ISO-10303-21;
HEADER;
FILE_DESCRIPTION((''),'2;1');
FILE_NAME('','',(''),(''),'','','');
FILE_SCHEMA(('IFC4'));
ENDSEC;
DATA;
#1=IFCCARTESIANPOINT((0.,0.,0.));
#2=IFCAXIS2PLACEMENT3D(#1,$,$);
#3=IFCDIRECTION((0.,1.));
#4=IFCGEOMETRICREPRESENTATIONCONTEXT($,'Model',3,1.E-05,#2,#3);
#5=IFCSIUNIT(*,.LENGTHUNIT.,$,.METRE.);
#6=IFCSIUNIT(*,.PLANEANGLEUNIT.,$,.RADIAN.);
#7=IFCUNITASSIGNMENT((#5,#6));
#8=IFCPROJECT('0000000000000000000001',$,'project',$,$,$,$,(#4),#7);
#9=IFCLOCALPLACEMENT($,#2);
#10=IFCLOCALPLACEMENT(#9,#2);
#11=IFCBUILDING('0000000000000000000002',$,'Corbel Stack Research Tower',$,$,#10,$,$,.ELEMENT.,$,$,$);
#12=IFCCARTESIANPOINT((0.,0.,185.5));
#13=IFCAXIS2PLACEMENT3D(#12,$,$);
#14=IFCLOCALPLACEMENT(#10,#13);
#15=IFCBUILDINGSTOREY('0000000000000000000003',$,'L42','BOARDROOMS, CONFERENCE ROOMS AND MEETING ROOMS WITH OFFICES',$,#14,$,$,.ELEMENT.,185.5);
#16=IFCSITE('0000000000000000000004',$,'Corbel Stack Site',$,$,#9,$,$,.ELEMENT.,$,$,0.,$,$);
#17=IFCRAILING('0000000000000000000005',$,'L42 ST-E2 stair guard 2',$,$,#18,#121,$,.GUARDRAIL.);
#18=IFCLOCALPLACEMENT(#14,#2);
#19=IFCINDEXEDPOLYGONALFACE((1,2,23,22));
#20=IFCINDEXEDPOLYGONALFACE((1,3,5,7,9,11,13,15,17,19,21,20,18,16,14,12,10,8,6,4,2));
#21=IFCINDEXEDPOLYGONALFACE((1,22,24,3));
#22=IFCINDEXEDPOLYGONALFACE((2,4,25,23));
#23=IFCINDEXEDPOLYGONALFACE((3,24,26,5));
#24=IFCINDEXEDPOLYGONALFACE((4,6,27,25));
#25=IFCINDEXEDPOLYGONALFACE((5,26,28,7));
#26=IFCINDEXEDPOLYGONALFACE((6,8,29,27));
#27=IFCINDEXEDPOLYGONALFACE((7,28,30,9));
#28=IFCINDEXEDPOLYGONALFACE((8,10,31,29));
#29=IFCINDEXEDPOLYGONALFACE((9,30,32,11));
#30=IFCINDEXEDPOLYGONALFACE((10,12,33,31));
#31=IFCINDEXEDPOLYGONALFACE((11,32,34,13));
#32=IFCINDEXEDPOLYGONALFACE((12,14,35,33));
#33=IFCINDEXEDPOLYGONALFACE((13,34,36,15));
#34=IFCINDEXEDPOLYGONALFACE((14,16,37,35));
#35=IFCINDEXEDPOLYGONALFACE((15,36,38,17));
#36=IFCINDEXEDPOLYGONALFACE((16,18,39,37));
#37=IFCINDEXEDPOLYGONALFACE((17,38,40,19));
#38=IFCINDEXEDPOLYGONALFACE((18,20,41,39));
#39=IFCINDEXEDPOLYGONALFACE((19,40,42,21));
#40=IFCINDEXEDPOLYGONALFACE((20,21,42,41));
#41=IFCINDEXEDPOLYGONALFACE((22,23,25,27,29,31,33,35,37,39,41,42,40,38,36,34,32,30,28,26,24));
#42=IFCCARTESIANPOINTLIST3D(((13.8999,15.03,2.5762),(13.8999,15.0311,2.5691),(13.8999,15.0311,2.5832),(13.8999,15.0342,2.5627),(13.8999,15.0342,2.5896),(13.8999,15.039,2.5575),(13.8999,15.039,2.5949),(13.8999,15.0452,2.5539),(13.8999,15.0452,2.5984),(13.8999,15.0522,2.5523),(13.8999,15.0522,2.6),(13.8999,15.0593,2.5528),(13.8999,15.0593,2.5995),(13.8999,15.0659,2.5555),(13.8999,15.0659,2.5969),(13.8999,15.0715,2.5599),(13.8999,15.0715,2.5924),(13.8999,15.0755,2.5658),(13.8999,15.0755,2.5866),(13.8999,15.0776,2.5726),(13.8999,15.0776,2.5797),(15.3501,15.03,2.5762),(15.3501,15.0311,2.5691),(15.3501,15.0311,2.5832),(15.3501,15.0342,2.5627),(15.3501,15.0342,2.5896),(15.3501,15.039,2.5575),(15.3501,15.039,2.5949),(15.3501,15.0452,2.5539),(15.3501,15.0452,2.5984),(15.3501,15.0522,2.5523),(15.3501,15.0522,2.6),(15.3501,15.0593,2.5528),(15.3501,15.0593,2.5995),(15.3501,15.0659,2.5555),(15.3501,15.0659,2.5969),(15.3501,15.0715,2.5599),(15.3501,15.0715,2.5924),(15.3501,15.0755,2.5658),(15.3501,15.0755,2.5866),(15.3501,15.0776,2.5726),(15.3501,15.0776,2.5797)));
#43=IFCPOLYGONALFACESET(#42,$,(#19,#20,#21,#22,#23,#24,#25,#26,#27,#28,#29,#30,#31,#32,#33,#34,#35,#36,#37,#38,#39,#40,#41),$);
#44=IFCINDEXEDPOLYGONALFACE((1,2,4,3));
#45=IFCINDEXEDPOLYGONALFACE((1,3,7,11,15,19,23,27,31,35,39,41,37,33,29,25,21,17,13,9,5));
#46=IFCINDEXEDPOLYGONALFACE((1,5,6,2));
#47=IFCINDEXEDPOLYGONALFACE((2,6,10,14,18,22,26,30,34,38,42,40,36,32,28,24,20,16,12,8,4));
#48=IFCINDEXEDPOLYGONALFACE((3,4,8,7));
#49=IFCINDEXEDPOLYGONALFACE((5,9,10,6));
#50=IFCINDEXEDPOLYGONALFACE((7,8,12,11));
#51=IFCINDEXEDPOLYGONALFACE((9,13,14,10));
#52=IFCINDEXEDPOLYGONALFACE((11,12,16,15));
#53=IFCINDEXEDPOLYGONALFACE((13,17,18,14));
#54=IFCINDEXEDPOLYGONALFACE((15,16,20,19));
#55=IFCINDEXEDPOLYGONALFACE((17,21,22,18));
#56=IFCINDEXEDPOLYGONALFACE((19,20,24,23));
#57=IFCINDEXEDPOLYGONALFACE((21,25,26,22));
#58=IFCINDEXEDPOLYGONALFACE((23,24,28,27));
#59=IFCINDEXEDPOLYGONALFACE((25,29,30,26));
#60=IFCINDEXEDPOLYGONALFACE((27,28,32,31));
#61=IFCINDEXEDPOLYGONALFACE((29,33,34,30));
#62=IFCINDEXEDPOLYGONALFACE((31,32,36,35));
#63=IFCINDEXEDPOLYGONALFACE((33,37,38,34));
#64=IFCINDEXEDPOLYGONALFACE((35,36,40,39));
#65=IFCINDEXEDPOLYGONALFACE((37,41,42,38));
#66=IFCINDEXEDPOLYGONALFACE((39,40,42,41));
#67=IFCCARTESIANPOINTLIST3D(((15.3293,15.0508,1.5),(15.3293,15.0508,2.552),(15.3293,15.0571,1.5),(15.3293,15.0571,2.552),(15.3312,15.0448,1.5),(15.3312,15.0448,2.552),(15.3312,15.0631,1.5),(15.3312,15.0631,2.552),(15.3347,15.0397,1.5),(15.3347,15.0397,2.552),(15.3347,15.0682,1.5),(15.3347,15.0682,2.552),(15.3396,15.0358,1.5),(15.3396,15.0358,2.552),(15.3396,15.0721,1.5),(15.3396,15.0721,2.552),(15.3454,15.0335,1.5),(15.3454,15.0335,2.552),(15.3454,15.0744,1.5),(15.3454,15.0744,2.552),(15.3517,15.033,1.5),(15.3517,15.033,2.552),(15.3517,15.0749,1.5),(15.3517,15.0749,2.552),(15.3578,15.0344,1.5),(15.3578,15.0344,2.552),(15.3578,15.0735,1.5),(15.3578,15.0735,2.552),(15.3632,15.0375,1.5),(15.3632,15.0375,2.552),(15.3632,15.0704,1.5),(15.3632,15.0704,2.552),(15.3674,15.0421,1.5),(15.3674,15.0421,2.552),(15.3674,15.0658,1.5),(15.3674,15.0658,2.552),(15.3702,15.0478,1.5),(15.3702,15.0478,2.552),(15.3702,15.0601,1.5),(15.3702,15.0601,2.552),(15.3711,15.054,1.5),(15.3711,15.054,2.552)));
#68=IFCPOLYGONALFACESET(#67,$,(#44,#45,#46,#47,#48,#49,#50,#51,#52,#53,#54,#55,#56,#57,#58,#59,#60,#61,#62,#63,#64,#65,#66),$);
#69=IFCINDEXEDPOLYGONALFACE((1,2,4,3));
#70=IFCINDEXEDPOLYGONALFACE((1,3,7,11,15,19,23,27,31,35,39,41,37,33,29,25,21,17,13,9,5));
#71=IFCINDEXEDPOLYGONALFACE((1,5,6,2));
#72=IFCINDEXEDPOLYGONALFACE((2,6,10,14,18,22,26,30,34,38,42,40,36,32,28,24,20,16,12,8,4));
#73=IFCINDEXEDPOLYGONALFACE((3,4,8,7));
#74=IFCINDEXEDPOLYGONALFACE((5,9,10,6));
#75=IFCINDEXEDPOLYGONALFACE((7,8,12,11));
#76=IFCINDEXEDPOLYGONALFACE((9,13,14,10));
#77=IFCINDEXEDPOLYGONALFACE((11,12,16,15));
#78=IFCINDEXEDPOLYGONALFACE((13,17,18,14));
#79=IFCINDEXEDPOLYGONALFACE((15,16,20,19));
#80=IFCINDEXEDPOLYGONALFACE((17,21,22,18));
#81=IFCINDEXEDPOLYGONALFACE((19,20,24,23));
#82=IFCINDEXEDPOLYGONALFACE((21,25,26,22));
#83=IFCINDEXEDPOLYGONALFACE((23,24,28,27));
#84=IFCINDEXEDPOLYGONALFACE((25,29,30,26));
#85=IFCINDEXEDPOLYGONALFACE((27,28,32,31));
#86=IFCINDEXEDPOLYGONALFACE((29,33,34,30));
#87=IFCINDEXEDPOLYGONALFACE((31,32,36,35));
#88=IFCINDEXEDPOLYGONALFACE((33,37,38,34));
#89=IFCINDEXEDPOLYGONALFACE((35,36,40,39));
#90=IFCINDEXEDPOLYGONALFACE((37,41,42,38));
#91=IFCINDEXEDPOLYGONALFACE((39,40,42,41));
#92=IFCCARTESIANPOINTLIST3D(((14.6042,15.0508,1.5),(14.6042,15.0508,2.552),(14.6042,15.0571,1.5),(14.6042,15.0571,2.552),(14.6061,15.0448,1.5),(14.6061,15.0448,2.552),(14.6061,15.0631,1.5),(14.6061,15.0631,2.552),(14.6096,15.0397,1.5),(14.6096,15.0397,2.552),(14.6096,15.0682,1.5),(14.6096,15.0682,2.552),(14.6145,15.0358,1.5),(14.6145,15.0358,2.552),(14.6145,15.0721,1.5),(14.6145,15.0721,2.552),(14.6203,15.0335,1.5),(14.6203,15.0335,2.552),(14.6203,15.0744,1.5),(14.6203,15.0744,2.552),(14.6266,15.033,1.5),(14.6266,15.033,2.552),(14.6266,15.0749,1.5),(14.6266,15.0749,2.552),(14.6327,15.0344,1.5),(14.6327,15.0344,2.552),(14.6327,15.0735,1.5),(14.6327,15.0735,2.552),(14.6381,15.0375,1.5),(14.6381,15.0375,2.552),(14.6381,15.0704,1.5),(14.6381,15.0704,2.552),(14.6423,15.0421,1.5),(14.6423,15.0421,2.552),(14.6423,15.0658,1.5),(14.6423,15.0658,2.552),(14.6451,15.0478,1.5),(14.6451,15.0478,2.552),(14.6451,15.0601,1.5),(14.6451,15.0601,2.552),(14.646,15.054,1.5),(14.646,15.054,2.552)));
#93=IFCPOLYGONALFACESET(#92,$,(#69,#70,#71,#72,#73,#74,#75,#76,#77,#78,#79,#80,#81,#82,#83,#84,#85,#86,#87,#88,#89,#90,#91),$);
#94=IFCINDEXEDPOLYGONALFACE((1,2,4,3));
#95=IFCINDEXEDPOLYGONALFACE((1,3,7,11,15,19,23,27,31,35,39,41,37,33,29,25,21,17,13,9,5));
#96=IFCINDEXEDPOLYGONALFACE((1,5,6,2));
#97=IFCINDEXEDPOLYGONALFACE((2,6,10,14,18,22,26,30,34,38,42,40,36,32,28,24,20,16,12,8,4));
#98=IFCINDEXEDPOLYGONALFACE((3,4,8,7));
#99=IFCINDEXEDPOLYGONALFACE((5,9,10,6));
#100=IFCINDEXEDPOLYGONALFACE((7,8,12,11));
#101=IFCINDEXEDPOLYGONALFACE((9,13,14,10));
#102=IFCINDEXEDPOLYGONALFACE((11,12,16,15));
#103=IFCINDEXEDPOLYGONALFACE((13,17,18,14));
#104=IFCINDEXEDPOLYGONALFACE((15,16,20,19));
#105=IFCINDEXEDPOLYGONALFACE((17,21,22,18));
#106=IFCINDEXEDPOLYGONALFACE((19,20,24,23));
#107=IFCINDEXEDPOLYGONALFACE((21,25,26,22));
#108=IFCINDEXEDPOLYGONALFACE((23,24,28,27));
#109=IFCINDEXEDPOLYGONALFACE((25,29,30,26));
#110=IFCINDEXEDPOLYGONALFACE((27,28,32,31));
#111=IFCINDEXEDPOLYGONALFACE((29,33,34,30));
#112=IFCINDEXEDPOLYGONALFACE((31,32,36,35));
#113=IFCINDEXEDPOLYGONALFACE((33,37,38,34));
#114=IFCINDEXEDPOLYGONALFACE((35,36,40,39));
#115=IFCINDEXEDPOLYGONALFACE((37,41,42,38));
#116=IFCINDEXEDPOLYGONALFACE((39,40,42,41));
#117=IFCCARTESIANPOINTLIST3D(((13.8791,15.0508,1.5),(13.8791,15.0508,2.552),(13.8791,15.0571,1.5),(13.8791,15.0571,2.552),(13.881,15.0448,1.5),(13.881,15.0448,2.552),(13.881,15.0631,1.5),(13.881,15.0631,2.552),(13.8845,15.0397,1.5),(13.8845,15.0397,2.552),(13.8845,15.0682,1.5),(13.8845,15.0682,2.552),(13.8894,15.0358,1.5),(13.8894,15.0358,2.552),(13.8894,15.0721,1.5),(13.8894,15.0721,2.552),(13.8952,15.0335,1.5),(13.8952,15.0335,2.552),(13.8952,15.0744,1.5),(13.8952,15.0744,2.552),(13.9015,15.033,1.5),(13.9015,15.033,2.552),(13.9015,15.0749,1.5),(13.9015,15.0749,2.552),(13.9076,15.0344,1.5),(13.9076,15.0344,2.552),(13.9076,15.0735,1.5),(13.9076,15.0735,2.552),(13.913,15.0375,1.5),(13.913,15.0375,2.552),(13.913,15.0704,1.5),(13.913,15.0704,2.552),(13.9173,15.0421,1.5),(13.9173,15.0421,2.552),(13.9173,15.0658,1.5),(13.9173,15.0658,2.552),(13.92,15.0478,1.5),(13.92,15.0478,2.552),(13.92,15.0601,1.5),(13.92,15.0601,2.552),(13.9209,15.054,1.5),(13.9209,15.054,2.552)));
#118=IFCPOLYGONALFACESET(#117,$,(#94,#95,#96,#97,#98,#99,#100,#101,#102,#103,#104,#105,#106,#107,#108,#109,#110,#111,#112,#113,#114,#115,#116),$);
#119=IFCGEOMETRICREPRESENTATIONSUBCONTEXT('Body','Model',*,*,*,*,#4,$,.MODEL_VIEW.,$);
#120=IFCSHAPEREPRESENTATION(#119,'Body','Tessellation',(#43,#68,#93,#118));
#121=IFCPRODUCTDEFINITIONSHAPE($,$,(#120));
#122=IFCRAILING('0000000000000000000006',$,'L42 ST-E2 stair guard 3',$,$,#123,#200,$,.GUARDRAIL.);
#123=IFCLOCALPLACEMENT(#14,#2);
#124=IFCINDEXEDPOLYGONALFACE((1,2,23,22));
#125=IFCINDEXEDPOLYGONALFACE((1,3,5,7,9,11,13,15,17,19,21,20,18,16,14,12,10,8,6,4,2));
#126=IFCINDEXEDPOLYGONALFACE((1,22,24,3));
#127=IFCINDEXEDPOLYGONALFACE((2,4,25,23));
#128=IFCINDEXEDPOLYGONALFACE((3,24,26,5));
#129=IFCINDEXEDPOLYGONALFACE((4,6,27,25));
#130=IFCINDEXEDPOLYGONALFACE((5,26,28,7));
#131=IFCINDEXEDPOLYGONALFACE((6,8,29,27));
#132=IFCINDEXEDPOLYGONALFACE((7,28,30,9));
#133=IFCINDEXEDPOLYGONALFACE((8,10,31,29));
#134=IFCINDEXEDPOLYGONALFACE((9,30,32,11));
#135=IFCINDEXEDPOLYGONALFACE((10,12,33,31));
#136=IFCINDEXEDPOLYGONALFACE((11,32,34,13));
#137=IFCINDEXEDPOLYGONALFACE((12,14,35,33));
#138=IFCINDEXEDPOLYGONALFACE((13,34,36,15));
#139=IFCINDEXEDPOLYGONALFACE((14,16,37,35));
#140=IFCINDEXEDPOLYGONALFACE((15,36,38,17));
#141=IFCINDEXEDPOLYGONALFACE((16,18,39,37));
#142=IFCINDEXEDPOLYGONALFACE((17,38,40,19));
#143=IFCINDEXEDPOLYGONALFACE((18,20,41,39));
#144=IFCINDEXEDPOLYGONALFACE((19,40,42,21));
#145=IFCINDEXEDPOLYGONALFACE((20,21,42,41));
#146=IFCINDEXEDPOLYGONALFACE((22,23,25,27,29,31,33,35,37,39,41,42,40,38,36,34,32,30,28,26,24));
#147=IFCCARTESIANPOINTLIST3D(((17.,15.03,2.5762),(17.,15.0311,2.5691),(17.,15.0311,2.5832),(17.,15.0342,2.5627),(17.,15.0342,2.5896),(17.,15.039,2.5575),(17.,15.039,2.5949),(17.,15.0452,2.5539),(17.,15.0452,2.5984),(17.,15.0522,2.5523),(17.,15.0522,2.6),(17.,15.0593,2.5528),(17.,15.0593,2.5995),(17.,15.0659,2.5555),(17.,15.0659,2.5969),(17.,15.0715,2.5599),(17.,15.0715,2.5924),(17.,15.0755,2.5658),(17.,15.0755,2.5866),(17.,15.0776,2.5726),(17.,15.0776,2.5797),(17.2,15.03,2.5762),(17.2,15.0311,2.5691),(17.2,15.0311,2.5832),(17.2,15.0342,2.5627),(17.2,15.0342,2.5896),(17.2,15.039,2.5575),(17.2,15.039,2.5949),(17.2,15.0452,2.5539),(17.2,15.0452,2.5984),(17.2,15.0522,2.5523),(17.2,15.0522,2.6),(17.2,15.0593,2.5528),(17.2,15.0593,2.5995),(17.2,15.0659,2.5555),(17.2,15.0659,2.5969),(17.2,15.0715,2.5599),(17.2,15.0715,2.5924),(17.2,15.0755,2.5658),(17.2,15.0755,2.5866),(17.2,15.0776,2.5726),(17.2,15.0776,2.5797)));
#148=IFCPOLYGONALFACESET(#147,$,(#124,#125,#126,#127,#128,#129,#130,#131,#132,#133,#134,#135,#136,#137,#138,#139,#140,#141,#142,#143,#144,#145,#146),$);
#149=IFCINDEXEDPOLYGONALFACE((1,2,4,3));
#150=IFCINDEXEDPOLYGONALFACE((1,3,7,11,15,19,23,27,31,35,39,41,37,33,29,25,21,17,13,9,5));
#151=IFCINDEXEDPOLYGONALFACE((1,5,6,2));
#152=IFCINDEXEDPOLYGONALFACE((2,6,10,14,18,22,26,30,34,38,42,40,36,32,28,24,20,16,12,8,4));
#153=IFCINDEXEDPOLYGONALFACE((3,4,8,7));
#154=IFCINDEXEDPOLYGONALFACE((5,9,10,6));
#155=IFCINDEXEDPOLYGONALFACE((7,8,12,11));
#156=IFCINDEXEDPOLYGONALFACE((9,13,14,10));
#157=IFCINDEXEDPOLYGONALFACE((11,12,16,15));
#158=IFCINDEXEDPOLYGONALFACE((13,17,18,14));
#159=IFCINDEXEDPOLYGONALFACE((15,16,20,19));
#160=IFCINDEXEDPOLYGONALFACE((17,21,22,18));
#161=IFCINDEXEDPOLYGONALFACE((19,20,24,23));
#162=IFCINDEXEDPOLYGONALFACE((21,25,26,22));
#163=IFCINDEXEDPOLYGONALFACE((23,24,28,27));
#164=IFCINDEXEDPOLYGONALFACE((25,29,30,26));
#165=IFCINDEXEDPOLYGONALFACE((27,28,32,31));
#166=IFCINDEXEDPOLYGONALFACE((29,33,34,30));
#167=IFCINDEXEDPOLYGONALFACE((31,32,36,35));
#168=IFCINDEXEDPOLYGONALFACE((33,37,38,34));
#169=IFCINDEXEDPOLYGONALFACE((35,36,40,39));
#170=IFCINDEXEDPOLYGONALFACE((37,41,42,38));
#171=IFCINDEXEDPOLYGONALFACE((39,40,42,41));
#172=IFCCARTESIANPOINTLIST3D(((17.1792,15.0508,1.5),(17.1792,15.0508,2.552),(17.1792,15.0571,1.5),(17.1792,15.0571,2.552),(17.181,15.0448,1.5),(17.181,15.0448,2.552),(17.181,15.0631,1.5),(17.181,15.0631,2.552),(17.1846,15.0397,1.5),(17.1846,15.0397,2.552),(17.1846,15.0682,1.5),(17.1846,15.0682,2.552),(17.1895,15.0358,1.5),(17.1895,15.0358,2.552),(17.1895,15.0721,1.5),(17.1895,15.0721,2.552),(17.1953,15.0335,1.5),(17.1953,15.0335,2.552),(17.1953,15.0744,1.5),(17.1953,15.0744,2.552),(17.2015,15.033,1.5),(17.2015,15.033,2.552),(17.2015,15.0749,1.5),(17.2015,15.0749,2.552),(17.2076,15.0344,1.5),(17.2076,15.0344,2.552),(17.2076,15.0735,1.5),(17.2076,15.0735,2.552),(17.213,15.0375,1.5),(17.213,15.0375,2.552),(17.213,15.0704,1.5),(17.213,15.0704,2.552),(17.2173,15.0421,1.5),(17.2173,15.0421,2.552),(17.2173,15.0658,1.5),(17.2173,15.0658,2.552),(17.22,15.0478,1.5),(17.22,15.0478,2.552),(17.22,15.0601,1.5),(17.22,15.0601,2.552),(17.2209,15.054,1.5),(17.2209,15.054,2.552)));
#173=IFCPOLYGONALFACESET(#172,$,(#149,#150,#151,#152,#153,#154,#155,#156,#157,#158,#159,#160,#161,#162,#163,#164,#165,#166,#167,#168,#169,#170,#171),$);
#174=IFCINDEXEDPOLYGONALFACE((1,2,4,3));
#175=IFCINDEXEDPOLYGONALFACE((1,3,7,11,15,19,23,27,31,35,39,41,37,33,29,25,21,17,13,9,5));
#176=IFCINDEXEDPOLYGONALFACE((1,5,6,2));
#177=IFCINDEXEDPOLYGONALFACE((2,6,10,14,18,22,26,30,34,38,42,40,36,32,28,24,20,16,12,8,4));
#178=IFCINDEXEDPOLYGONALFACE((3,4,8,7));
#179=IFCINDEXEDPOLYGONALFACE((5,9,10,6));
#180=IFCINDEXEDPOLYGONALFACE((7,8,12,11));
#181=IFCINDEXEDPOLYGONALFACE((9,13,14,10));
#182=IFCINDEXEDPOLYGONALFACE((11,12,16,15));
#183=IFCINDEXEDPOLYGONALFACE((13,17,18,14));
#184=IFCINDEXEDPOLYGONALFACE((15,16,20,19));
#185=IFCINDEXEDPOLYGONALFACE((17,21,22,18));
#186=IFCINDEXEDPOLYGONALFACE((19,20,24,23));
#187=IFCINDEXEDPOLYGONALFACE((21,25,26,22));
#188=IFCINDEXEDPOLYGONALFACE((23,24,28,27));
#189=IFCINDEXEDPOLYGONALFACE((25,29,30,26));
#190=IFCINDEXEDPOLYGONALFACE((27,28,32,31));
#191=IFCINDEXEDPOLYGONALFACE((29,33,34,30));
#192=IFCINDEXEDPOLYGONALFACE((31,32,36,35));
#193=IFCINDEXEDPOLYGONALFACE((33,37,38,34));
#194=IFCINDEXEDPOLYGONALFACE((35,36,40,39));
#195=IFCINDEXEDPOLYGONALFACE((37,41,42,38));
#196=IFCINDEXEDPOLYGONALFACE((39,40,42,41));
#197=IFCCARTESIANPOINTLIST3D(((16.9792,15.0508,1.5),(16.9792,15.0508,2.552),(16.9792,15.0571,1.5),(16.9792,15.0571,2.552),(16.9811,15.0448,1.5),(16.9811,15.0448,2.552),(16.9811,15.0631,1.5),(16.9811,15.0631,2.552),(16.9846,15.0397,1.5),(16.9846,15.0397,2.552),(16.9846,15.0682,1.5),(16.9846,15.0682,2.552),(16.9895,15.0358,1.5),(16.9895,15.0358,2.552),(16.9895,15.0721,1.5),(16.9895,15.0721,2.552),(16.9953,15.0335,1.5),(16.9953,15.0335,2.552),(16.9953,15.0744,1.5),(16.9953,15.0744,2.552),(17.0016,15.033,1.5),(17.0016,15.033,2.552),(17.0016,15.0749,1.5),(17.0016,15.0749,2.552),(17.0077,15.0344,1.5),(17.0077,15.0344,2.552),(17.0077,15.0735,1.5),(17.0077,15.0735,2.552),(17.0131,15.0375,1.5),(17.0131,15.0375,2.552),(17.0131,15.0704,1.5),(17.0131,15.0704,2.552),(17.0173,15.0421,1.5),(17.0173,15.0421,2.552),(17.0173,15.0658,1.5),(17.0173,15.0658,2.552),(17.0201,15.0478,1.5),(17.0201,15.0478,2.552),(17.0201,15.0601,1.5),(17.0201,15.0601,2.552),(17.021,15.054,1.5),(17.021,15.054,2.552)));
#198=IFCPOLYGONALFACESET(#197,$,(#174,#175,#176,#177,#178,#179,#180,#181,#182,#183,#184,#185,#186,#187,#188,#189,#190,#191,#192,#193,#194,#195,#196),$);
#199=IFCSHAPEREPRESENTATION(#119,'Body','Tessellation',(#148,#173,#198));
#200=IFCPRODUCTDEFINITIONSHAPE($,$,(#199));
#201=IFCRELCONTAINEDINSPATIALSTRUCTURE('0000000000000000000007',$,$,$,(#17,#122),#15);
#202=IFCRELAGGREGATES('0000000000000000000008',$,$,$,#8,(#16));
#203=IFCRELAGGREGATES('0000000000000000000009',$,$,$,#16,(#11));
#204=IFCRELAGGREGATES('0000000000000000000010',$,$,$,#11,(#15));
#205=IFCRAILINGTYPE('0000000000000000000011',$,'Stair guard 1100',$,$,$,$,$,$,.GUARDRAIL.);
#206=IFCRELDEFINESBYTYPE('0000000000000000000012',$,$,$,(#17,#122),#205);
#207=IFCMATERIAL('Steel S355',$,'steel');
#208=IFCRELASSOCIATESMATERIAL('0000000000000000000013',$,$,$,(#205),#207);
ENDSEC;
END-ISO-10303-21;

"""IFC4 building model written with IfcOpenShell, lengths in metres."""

from ifc_helpers import new_model, si_unit, direction, frame, origin, origin_2d, place, context, subcontext, project, spatial, circle, extrude, material, type_object, element, save


model = new_model("IFC4")

# Units and contexts
model_context = context("Model", 3, precision=1e-05, world=origin(), true_north=direction((0.0, 1.0)))
body_context = subcontext(model_context, "Body", "Model", "MODEL_VIEW")
ifc_project = project(units=[si_unit("LENGTHUNIT", "METRE"), si_unit("PLANEANGLEUNIT", "RADIAN")], contexts=[model_context])

# Site, building, storey
site_placement = place(None, origin())
site = spatial("IfcSite", under=ifc_project, at=site_placement, Name="Corbel Stack Site", CompositionType="ELEMENT", RefElevation=0.0)
building_placement = place(site_placement, origin())
building = spatial("IfcBuilding", under=site, at=building_placement, Name="Corbel Stack Research Tower", CompositionType="ELEMENT")
storey_placement = place(building_placement, frame((0.0, 0.0, 185.5)))
storey = spatial("IfcBuildingStorey", under=building, at=storey_placement, Name="L42", Description="BOARDROOMS, CONFERENCE ROOMS AND MEETING ROOMS WITH OFFICES", CompositionType="ELEMENT", Elevation=185.5)

# Railings
ifc_material_1 = material(Name="Steel S355", Category="steel")
railing_type_1 = type_object("IfcRailingType", Name="Stair guard 1100", PredefinedType="GUARDRAIL", material=ifc_material_1)
railing_1_placement = place(storey_placement, frame((15.3501, 15.054, 1.5)))
element("IfcRailing", 1, at=railing_1_placement, inside=storey, type_object=railing_type_1, Name="L42 ST-E2 stair guard 2", PredefinedType="GUARDRAIL", context=body_context, shape_type="SweptSolid", body=[
    extrude(circle(Radius=0.0239, at=origin_2d()), frame((0.0, 0.0, 1.0762), z_axis=(-1.0, 0.0, 0.0), x_axis=(0.0, -1.0, 0.0)), (0.0, 0.0, 1.0), 1.4502),
    extrude(circle(Radius=0.021, at=origin_2d()), origin(), (0.0, 0.0, 1.0), 1.052),
    extrude(circle(Radius=0.021, at=origin_2d()), frame((-0.7251, 0.0, 0.0)), (0.0, 0.0, 1.0), 1.052),
    extrude(circle(Radius=0.021, at=origin_2d()), frame((-1.4502, 0.0, 0.0)), (0.0, 0.0, 1.0), 1.052),
])
railing_2_placement = place(storey_placement, frame((17.2, 15.054, 1.5)))
element("IfcRailing", 2, at=railing_2_placement, inside=storey, type_object=railing_type_1, Name="L42 ST-E2 stair guard 3", PredefinedType="GUARDRAIL", context=body_context, shape_type="SweptSolid", body=[
    extrude(circle(Radius=0.0239, at=origin_2d()), frame((0.0, 0.0, 1.0762), z_axis=(-1.0, 0.0, 0.0), x_axis=(0.0, -1.0, 0.0)), (0.0, 0.0, 1.0), 0.2),
    extrude(circle(Radius=0.021, at=origin_2d()), origin(), (0.0, 0.0, 1.0), 1.052),
    extrude(circle(Radius=0.021, at=origin_2d()), frame((-0.2, 0.0, 0.0)), (0.0, 0.0, 1.0), 1.052),
])

save(model, "model.ifc")
